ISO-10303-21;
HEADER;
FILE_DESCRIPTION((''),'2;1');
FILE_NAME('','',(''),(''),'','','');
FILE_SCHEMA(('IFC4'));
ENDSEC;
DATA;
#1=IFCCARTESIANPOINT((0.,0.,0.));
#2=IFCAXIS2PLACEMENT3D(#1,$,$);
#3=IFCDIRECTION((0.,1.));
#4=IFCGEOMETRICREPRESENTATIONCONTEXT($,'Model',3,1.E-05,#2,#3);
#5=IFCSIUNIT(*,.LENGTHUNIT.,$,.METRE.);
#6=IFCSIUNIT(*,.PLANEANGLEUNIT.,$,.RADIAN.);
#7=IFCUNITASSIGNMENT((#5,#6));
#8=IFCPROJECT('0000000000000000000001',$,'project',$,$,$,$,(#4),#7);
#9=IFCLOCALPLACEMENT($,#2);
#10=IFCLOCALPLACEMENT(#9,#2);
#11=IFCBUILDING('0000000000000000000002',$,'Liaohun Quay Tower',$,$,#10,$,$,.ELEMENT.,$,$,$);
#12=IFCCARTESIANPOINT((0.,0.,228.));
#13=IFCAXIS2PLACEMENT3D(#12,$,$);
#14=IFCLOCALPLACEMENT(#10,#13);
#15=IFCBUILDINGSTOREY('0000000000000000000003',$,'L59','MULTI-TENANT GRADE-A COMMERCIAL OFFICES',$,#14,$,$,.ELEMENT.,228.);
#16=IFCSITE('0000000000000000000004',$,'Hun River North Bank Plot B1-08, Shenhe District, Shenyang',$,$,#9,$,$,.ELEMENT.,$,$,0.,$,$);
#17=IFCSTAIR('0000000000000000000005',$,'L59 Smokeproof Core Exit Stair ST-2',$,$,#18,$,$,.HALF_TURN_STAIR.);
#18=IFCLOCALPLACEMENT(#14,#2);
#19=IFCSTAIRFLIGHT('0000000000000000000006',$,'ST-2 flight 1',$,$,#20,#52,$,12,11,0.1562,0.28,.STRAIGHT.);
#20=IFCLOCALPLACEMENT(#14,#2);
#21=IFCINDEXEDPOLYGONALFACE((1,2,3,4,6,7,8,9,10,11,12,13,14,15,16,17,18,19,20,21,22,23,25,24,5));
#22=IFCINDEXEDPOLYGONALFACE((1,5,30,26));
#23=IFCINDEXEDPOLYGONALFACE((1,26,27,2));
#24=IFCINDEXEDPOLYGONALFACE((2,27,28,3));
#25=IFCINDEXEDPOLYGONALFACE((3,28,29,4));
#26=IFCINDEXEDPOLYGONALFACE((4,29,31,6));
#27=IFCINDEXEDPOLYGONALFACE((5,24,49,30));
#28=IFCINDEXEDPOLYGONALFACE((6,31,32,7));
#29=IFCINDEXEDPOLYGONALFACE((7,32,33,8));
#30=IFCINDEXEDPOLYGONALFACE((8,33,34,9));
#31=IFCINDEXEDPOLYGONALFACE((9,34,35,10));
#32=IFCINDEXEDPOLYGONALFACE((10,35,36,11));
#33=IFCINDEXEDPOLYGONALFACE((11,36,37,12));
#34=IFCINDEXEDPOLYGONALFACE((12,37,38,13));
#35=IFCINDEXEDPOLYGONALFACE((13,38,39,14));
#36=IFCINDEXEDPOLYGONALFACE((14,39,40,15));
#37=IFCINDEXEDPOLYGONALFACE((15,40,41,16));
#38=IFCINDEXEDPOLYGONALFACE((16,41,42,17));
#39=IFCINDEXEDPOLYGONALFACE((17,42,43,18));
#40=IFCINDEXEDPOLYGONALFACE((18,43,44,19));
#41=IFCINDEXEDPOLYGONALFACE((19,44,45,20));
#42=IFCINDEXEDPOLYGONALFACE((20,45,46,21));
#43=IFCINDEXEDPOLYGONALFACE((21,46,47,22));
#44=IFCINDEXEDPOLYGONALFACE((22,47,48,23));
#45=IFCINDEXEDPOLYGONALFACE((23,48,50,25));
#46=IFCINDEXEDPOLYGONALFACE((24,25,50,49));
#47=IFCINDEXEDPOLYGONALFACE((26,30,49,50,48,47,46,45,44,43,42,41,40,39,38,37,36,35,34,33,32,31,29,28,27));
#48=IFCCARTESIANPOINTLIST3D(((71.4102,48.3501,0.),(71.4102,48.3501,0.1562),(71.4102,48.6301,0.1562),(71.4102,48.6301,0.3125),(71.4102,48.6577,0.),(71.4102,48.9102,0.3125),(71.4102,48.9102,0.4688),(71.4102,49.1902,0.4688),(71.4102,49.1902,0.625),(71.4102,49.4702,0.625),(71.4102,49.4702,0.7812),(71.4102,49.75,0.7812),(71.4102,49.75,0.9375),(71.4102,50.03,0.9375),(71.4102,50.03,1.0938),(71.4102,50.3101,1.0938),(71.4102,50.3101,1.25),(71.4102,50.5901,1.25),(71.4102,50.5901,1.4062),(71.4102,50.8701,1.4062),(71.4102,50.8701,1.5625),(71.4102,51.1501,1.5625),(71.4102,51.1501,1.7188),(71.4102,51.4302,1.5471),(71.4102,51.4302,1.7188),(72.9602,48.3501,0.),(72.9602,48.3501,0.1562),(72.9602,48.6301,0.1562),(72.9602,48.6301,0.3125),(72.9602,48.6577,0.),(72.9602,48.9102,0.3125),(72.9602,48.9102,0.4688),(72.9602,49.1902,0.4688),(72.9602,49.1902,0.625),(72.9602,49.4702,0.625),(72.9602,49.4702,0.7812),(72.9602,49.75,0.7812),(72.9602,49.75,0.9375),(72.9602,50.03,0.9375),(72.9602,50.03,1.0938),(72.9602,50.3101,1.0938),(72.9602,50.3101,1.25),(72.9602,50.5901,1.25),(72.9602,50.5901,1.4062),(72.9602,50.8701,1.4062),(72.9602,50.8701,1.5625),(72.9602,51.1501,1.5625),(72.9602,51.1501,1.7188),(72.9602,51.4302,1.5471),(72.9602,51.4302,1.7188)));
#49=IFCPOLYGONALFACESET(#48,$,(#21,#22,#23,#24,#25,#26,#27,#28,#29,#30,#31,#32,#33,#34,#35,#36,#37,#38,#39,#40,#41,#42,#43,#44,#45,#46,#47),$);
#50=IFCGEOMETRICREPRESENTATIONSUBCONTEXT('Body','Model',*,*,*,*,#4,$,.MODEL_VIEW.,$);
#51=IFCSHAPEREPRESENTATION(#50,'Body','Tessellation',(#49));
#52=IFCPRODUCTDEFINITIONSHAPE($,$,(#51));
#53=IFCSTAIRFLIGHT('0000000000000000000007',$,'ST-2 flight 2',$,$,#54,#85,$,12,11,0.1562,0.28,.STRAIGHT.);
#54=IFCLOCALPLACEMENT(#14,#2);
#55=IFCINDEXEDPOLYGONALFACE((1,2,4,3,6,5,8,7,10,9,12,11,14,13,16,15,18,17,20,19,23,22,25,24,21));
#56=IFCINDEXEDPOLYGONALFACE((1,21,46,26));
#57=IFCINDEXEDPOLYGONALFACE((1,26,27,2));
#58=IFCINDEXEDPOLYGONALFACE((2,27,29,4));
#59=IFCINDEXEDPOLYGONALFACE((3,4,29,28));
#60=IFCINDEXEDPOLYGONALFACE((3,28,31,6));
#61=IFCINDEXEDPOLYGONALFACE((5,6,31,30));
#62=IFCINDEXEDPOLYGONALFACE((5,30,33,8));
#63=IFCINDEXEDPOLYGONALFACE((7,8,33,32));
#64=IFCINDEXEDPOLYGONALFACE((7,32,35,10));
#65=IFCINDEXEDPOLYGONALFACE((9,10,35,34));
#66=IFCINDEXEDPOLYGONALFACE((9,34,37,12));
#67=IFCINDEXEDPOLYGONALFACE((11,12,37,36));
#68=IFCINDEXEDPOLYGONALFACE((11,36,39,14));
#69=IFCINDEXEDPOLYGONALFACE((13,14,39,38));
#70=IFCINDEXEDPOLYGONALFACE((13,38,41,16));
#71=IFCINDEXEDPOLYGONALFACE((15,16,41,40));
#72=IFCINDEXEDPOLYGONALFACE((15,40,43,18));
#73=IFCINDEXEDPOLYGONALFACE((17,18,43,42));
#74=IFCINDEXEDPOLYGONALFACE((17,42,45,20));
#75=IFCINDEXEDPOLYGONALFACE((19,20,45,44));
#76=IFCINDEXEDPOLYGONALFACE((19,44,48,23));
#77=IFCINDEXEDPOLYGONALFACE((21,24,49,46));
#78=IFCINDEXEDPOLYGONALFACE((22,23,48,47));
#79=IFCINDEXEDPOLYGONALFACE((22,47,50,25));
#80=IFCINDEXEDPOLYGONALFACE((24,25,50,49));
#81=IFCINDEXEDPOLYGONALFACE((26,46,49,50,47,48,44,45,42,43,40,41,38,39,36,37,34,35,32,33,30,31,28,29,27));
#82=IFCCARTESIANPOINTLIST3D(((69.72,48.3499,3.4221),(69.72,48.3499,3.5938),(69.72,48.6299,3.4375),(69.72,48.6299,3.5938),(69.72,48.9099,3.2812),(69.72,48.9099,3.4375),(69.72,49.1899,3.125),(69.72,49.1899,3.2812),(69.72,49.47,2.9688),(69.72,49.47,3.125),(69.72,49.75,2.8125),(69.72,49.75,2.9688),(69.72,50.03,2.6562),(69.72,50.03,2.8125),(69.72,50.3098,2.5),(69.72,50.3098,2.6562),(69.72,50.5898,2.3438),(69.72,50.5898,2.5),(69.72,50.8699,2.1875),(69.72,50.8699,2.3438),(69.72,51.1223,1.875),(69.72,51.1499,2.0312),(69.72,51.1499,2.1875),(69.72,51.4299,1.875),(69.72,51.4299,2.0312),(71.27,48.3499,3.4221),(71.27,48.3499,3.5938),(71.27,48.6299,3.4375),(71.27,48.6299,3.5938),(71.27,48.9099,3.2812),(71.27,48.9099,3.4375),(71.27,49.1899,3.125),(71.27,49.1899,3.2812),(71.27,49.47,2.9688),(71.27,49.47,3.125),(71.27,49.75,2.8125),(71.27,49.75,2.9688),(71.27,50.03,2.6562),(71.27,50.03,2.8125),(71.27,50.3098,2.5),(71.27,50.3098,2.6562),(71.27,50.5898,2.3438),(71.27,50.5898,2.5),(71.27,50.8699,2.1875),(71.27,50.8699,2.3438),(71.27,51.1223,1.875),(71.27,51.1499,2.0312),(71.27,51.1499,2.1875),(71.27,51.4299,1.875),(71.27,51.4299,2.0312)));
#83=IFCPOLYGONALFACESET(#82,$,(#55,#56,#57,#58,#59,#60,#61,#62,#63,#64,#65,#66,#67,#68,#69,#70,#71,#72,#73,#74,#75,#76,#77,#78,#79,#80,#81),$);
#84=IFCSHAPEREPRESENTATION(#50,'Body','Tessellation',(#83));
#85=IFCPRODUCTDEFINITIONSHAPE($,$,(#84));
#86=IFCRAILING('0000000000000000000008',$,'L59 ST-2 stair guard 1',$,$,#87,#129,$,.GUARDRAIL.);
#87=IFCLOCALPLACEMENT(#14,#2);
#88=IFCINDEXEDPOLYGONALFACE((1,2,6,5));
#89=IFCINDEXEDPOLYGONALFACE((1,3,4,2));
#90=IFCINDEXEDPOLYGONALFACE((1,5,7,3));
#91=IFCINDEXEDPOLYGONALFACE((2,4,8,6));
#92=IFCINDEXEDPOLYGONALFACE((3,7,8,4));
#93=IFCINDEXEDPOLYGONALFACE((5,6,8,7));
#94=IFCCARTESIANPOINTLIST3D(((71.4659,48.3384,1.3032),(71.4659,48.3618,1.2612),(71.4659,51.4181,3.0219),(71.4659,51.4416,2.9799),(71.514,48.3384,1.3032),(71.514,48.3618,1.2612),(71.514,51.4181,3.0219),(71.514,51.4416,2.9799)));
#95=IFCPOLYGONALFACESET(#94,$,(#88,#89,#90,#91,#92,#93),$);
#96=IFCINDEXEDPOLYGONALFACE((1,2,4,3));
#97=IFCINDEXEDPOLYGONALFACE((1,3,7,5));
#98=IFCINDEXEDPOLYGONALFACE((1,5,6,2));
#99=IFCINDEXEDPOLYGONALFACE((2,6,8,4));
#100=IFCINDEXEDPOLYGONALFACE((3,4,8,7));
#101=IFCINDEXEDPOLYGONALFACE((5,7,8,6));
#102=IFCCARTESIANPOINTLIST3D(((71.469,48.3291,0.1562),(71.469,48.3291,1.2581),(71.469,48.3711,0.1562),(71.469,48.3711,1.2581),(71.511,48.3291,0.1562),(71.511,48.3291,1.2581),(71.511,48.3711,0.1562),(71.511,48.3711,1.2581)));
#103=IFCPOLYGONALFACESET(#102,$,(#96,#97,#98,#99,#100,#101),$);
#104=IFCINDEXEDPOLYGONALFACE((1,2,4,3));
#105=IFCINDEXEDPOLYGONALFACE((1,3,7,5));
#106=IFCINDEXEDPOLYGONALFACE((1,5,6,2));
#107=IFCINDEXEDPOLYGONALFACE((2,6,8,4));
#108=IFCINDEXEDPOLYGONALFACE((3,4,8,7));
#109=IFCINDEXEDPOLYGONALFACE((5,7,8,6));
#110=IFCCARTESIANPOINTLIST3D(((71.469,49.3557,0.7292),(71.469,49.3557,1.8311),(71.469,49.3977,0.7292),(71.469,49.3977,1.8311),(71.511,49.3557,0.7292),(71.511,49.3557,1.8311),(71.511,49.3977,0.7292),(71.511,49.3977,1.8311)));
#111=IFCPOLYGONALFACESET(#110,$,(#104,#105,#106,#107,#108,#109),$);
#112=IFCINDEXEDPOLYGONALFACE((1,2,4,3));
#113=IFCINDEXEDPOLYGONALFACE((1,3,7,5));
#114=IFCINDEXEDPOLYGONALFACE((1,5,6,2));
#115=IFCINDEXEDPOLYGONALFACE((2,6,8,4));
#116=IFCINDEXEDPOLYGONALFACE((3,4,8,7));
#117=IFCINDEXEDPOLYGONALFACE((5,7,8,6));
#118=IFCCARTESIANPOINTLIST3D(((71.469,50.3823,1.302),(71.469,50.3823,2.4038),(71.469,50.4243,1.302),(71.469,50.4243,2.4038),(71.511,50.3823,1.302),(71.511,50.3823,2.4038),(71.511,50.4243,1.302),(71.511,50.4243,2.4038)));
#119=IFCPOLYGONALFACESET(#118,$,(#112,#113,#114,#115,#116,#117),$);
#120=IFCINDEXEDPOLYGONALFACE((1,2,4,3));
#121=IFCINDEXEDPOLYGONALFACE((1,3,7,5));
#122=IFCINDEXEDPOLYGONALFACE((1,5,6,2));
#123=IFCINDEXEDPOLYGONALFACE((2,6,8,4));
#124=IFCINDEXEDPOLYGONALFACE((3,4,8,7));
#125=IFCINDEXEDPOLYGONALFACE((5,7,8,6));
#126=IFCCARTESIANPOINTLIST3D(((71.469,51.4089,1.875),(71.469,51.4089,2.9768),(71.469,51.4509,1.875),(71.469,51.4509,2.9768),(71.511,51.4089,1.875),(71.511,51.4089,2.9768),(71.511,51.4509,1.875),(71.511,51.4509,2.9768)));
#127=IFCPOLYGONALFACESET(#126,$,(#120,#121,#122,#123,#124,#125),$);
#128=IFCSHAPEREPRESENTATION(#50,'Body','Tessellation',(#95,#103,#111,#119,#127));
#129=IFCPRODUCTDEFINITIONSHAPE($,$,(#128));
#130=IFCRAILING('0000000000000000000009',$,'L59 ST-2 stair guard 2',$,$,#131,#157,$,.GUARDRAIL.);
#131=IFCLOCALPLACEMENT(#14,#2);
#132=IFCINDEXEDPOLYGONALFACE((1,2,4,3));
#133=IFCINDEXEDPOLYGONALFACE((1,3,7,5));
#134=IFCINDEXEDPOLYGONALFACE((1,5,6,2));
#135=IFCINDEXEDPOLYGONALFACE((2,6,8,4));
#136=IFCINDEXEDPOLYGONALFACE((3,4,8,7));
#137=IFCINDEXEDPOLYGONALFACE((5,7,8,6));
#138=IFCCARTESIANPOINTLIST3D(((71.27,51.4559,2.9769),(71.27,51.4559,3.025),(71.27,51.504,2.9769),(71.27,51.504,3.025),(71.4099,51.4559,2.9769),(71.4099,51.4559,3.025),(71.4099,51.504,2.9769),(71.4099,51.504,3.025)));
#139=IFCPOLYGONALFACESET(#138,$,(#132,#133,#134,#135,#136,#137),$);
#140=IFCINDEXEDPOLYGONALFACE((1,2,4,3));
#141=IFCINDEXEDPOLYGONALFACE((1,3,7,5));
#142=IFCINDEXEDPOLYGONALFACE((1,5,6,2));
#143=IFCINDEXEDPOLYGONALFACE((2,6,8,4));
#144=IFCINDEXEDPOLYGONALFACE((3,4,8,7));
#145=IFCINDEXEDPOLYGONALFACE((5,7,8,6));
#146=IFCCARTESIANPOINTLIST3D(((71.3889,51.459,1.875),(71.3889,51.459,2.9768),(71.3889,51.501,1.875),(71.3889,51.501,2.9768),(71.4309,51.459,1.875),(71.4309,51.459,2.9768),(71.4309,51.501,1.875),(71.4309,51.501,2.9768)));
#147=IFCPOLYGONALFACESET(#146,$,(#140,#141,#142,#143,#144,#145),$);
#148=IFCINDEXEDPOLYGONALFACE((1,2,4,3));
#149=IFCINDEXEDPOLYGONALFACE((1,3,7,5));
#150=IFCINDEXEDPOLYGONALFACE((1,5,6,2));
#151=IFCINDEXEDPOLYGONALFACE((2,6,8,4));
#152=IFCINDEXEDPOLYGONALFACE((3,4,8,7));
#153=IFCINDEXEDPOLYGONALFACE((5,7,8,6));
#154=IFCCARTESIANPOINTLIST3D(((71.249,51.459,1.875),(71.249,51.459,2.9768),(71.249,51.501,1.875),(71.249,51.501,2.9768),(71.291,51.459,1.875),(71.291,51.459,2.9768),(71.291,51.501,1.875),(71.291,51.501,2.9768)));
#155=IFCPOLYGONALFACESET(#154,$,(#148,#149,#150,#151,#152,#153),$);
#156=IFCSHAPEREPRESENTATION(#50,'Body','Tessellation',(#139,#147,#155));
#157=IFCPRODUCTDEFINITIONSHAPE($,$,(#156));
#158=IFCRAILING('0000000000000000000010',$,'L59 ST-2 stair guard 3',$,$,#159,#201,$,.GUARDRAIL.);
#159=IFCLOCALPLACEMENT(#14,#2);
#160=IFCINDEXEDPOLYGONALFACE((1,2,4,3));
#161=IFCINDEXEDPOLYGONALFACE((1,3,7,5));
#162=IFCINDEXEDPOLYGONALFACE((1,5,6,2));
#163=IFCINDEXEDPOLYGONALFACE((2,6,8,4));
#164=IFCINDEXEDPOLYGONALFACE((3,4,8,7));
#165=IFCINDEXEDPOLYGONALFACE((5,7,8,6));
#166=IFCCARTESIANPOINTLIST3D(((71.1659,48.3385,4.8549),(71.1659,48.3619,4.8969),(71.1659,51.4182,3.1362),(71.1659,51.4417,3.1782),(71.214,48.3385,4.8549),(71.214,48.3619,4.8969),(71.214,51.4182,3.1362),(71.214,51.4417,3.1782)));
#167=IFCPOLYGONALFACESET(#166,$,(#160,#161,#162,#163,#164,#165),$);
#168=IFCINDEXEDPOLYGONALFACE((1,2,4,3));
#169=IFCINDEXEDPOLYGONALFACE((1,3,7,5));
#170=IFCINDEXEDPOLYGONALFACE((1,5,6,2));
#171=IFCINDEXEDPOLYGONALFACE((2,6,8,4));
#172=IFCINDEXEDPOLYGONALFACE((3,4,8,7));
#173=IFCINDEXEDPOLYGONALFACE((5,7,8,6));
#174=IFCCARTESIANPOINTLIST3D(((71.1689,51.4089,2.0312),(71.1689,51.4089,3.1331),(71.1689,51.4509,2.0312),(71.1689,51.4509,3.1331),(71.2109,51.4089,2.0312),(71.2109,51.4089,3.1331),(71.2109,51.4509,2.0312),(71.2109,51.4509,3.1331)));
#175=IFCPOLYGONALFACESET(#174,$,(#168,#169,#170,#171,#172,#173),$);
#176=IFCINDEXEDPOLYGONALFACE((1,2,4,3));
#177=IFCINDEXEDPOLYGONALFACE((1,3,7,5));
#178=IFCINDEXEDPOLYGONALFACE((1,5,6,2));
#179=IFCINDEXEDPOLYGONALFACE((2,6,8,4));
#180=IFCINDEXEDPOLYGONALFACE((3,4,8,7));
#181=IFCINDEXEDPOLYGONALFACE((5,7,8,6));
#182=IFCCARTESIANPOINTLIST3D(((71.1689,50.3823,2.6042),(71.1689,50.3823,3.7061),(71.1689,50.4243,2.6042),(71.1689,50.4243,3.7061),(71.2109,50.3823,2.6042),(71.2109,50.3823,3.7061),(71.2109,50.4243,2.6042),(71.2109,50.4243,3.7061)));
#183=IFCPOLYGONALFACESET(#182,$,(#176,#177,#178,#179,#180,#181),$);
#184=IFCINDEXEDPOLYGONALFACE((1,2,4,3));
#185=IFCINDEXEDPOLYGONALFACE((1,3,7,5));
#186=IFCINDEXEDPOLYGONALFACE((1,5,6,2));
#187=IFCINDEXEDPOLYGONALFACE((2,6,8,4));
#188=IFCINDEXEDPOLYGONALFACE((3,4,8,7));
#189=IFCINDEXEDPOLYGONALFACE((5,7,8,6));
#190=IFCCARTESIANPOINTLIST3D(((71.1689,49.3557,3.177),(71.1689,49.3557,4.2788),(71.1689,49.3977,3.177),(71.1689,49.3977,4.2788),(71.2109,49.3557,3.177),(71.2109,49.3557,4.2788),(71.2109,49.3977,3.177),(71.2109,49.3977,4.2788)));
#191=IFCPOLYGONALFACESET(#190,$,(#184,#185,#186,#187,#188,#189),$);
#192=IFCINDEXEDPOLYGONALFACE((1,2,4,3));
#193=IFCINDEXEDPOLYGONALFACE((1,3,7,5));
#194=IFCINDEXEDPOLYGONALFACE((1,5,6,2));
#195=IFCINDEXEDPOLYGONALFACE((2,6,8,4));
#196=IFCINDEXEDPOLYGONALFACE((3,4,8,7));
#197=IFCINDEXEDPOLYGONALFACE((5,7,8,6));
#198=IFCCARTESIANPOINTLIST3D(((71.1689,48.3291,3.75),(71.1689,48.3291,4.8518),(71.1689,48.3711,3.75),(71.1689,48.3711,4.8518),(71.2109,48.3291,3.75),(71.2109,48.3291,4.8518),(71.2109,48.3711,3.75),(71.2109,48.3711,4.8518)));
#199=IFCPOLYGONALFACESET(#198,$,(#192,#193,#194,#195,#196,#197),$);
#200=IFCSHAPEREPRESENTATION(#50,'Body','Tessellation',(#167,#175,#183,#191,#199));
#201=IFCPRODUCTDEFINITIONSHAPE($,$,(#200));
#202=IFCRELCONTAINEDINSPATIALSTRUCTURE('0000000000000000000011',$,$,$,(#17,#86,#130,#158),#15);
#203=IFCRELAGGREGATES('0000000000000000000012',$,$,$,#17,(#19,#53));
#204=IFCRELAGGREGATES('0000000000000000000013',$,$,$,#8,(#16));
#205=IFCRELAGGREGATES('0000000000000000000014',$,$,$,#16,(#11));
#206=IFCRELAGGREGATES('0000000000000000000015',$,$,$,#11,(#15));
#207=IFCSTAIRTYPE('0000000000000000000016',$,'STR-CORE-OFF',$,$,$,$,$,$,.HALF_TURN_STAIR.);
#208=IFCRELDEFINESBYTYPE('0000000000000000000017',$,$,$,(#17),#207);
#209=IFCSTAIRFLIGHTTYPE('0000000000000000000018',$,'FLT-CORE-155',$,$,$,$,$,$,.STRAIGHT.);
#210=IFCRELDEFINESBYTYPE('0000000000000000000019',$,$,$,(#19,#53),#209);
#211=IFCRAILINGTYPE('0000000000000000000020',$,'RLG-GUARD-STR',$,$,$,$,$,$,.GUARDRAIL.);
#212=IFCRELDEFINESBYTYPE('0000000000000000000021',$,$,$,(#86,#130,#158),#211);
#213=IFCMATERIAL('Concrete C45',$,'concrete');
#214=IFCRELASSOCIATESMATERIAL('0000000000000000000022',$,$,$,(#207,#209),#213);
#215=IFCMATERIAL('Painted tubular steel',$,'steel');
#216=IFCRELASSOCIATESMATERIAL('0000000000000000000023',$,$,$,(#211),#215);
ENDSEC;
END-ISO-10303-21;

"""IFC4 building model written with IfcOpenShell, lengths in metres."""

from ifc_helpers import new_model, si_unit, direction, frame, origin, origin_2d, place, context, subcontext, project, spatial, polyline, rectangle, outline, extrude, material, type_object, element, aggregate, save


model = new_model("IFC4")

# Units and contexts
model_context = context("Model", 3, precision=1e-05, world=origin(), true_north=direction((0.0, 1.0)))
body_context = subcontext(model_context, "Body", "Model", "MODEL_VIEW")
ifc_project = project(units=[si_unit("LENGTHUNIT", "METRE"), si_unit("PLANEANGLEUNIT", "RADIAN")], contexts=[model_context])

# Site, building, storey
site_placement = place(None, origin())
site = spatial("IfcSite", under=ifc_project, at=site_placement, Name="Hun River North Bank Plot B1-08, Shenhe District, Shenyang", CompositionType="ELEMENT", RefElevation=0.0)
building_placement = place(site_placement, origin())
building = spatial("IfcBuilding", under=site, at=building_placement, Name="Liaohun Quay Tower", CompositionType="ELEMENT")
storey_placement = place(building_placement, frame((0.0, 0.0, 228.0)))
storey = spatial("IfcBuildingStorey", under=building, at=storey_placement, Name="L59", Description="MULTI-TENANT GRADE-A COMMERCIAL OFFICES", CompositionType="ELEMENT", Elevation=228.0)

# Stair, stair flights
ifc_material_1 = material(Name="Concrete C45", Category="concrete")
stair_type = type_object("IfcStairType", Name="STR-CORE-OFF", PredefinedType="HALF_TURN_STAIR", material=ifc_material_1)
stair_placement = place(storey_placement, origin())
stair = element("IfcStair", 1, at=stair_placement, inside=storey, type_object=stair_type, Name="L59 Smokeproof Core Exit Stair ST-2", PredefinedType="HALF_TURN_STAIR")
stair_flight_type = type_object("IfcStairFlightType", Name="FLT-CORE-155", PredefinedType="STRAIGHT", material=ifc_material_1)
stair_flight_1_placement = place(storey_placement, frame((72.1851, 48.3501, 0.0), z_axis=(0.0, 0.0, 1.0), x_axis=(0.0, 1.0, 0.0)))
stair_flight_1 = element("IfcStairFlight", 2, at=stair_flight_1_placement, type_object=stair_flight_type, Name="ST-2 flight 1", NumberOfRisers=12, NumberOfTreads=11, PredefinedType="STRAIGHT", RiserHeight=0.1562, TreadLength=0.28, context=body_context, shape_type="SweptSolid", body=[
    extrude(outline(polyline([(0.0, 0.0), (0.0, 0.1562), (0.28, 0.1562), (0.28, 0.3125), (0.5601, 0.3125), (0.5601, 0.4688), (0.8401, 0.4688), (0.8401, 0.625), (1.1201, 0.625), (1.1201, 0.7812), (1.3999, 0.7812), (1.3999, 0.9375), (1.6799, 0.9375), (1.6799, 1.0938), (1.96, 1.0938), (1.96, 1.25), (2.24, 1.25), (2.24, 1.4062), (2.52, 1.4062), (2.52, 1.5625), (2.8, 1.5625), (2.8, 1.7188), (3.0801, 1.7188), (3.0801, 1.875), (3.0801, 1.5471), (0.3076, 0.0), (0.0, 0.0)])), frame((0.0, 0.7749, 0.0), z_axis=(0.0, -1.0, 0.0), x_axis=(1.0, 0.0, 0.0)), (0.0, 0.0, 1.0), 1.55),
])
stair_flight_2_placement = place(storey_placement, frame((70.4951, 51.4299, 1.875), z_axis=(0.0, 0.0, 1.0), x_axis=(0.0, -1.0, 0.0)))
stair_flight_2 = element("IfcStairFlight", 3, at=stair_flight_2_placement, type_object=stair_flight_type, Name="ST-2 flight 2", NumberOfRisers=12, NumberOfTreads=11, PredefinedType="STRAIGHT", RiserHeight=0.1562, TreadLength=0.28, context=body_context, shape_type="SweptSolid", body=[
    extrude(outline(polyline([(0.0, 0.0), (0.0, 0.1562), (0.28, 0.1562), (0.28, 0.3125), (0.5601, 0.3125), (0.5601, 0.4688), (0.8401, 0.4688), (0.8401, 0.625), (1.1201, 0.625), (1.1201, 0.7812), (1.3999, 0.7812), (1.3999, 0.9375), (1.6799, 0.9375), (1.6799, 1.0938), (1.96, 1.0938), (1.96, 1.25), (2.24, 1.25), (2.24, 1.4062), (2.52, 1.4062), (2.52, 1.5625), (2.8, 1.5625), (2.8, 1.7188), (3.0801, 1.7188), (3.0801, 1.875), (3.0801, 1.5471), (0.3076, 0.0), (0.0, 0.0)])), frame((0.0, 0.7749, 0.0), z_axis=(0.0, -1.0, 0.0), x_axis=(1.0, 0.0, 0.0)), (0.0, 0.0, 1.0), 1.55),
])
aggregate(stair, [stair_flight_1, stair_flight_2])

# Railings
ifc_material_2 = material(Name="Painted tubular steel", Category="steel")
railing_type_1 = type_object("IfcRailingType", Name="RLG-GUARD-STR", PredefinedType="GUARDRAIL", material=ifc_material_2)
railing_1_placement = place(storey_placement, frame((71.49, 48.3501, 0.1562)))
element("IfcRailing", 4, at=railing_1_placement, inside=storey, type_object=railing_type_1, Name="L59 ST-2 stair guard 1", PredefinedType="GUARDRAIL", context=body_context, shape_type="SweptSolid", body=[
    extrude(rectangle(XDim=0.0481, YDim=0.0481, at=origin_2d()), frame((0.0, 0.0, 1.126), z_axis=(0.0, 0.873225, 0.487317), x_axis=(-1.0, 0.0, 0.0)), (0.0, 0.0, 1.0), 3.5269),
    extrude(rectangle(XDim=0.042, YDim=0.042, at=origin_2d()), origin(), (0.0, 0.0, 1.0), 1.1018),
    extrude(rectangle(XDim=0.042, YDim=0.042, at=origin_2d()), frame((0.0, 1.0266, 0.573)), (0.0, 0.0, 1.0), 1.1018),
    extrude(rectangle(XDim=0.042, YDim=0.042, at=origin_2d()), frame((0.0, 2.0532, 1.1458)), (0.0, 0.0, 1.0), 1.1018),
    extrude(rectangle(XDim=0.042, YDim=0.042, at=origin_2d()), frame((0.0, 3.0798, 1.7188)), (0.0, 0.0, 1.0), 1.1018),
])
railing_2_placement = place(storey_placement, frame((71.4099, 51.48, 1.875)))
element("IfcRailing", 5, at=railing_2_placement, inside=storey, type_object=railing_type_1, Name="L59 ST-2 stair guard 2", PredefinedType="GUARDRAIL", context=body_context, shape_type="SweptSolid", body=[
    extrude(rectangle(XDim=0.0481, YDim=0.0481, at=origin_2d()), frame((0.0, 0.0, 1.126), z_axis=(-1.0, 0.0, 0.0), x_axis=(0.0, -1.0, 0.0)), (0.0, 0.0, 1.0), 0.1399),
    extrude(rectangle(XDim=0.042, YDim=0.042, at=origin_2d()), origin(), (0.0, 0.0, 1.0), 1.1018),
    extrude(rectangle(XDim=0.042, YDim=0.042, at=origin_2d()), frame((-0.1399, 0.0, 0.0)), (0.0, 0.0, 1.0), 1.1018),
])
railing_3_placement = place(storey_placement, frame((71.1899, 51.4299, 2.0312)))
element("IfcRailing", 6, at=railing_3_placement, inside=storey, type_object=railing_type_1, Name="L59 ST-2 stair guard 3", PredefinedType="GUARDRAIL", context=body_context, shape_type="SweptSolid", body=[
    extrude(rectangle(XDim=0.0481, YDim=0.0481, at=origin_2d()), frame((0.0, 0.0, 1.126), z_axis=(0.0, -0.873225, 0.487317), x_axis=(1.0, 0.0, 0.0)), (0.0, 0.0, 1.0), 3.5269),
    extrude(rectangle(XDim=0.042, YDim=0.042, at=origin_2d()), origin(), (0.0, 0.0, 1.0), 1.1018),
    extrude(rectangle(XDim=0.042, YDim=0.042, at=origin_2d()), frame((0.0, -1.0266, 0.573)), (0.0, 0.0, 1.0), 1.1018),
    extrude(rectangle(XDim=0.042, YDim=0.042, at=origin_2d()), frame((0.0, -2.0532, 1.1458)), (0.0, 0.0, 1.0), 1.1018),
    extrude(rectangle(XDim=0.042, YDim=0.042, at=origin_2d()), frame((0.0, -3.0798, 1.7188)), (0.0, 0.0, 1.0), 1.1018),
])

save(model, "model.ifc")
